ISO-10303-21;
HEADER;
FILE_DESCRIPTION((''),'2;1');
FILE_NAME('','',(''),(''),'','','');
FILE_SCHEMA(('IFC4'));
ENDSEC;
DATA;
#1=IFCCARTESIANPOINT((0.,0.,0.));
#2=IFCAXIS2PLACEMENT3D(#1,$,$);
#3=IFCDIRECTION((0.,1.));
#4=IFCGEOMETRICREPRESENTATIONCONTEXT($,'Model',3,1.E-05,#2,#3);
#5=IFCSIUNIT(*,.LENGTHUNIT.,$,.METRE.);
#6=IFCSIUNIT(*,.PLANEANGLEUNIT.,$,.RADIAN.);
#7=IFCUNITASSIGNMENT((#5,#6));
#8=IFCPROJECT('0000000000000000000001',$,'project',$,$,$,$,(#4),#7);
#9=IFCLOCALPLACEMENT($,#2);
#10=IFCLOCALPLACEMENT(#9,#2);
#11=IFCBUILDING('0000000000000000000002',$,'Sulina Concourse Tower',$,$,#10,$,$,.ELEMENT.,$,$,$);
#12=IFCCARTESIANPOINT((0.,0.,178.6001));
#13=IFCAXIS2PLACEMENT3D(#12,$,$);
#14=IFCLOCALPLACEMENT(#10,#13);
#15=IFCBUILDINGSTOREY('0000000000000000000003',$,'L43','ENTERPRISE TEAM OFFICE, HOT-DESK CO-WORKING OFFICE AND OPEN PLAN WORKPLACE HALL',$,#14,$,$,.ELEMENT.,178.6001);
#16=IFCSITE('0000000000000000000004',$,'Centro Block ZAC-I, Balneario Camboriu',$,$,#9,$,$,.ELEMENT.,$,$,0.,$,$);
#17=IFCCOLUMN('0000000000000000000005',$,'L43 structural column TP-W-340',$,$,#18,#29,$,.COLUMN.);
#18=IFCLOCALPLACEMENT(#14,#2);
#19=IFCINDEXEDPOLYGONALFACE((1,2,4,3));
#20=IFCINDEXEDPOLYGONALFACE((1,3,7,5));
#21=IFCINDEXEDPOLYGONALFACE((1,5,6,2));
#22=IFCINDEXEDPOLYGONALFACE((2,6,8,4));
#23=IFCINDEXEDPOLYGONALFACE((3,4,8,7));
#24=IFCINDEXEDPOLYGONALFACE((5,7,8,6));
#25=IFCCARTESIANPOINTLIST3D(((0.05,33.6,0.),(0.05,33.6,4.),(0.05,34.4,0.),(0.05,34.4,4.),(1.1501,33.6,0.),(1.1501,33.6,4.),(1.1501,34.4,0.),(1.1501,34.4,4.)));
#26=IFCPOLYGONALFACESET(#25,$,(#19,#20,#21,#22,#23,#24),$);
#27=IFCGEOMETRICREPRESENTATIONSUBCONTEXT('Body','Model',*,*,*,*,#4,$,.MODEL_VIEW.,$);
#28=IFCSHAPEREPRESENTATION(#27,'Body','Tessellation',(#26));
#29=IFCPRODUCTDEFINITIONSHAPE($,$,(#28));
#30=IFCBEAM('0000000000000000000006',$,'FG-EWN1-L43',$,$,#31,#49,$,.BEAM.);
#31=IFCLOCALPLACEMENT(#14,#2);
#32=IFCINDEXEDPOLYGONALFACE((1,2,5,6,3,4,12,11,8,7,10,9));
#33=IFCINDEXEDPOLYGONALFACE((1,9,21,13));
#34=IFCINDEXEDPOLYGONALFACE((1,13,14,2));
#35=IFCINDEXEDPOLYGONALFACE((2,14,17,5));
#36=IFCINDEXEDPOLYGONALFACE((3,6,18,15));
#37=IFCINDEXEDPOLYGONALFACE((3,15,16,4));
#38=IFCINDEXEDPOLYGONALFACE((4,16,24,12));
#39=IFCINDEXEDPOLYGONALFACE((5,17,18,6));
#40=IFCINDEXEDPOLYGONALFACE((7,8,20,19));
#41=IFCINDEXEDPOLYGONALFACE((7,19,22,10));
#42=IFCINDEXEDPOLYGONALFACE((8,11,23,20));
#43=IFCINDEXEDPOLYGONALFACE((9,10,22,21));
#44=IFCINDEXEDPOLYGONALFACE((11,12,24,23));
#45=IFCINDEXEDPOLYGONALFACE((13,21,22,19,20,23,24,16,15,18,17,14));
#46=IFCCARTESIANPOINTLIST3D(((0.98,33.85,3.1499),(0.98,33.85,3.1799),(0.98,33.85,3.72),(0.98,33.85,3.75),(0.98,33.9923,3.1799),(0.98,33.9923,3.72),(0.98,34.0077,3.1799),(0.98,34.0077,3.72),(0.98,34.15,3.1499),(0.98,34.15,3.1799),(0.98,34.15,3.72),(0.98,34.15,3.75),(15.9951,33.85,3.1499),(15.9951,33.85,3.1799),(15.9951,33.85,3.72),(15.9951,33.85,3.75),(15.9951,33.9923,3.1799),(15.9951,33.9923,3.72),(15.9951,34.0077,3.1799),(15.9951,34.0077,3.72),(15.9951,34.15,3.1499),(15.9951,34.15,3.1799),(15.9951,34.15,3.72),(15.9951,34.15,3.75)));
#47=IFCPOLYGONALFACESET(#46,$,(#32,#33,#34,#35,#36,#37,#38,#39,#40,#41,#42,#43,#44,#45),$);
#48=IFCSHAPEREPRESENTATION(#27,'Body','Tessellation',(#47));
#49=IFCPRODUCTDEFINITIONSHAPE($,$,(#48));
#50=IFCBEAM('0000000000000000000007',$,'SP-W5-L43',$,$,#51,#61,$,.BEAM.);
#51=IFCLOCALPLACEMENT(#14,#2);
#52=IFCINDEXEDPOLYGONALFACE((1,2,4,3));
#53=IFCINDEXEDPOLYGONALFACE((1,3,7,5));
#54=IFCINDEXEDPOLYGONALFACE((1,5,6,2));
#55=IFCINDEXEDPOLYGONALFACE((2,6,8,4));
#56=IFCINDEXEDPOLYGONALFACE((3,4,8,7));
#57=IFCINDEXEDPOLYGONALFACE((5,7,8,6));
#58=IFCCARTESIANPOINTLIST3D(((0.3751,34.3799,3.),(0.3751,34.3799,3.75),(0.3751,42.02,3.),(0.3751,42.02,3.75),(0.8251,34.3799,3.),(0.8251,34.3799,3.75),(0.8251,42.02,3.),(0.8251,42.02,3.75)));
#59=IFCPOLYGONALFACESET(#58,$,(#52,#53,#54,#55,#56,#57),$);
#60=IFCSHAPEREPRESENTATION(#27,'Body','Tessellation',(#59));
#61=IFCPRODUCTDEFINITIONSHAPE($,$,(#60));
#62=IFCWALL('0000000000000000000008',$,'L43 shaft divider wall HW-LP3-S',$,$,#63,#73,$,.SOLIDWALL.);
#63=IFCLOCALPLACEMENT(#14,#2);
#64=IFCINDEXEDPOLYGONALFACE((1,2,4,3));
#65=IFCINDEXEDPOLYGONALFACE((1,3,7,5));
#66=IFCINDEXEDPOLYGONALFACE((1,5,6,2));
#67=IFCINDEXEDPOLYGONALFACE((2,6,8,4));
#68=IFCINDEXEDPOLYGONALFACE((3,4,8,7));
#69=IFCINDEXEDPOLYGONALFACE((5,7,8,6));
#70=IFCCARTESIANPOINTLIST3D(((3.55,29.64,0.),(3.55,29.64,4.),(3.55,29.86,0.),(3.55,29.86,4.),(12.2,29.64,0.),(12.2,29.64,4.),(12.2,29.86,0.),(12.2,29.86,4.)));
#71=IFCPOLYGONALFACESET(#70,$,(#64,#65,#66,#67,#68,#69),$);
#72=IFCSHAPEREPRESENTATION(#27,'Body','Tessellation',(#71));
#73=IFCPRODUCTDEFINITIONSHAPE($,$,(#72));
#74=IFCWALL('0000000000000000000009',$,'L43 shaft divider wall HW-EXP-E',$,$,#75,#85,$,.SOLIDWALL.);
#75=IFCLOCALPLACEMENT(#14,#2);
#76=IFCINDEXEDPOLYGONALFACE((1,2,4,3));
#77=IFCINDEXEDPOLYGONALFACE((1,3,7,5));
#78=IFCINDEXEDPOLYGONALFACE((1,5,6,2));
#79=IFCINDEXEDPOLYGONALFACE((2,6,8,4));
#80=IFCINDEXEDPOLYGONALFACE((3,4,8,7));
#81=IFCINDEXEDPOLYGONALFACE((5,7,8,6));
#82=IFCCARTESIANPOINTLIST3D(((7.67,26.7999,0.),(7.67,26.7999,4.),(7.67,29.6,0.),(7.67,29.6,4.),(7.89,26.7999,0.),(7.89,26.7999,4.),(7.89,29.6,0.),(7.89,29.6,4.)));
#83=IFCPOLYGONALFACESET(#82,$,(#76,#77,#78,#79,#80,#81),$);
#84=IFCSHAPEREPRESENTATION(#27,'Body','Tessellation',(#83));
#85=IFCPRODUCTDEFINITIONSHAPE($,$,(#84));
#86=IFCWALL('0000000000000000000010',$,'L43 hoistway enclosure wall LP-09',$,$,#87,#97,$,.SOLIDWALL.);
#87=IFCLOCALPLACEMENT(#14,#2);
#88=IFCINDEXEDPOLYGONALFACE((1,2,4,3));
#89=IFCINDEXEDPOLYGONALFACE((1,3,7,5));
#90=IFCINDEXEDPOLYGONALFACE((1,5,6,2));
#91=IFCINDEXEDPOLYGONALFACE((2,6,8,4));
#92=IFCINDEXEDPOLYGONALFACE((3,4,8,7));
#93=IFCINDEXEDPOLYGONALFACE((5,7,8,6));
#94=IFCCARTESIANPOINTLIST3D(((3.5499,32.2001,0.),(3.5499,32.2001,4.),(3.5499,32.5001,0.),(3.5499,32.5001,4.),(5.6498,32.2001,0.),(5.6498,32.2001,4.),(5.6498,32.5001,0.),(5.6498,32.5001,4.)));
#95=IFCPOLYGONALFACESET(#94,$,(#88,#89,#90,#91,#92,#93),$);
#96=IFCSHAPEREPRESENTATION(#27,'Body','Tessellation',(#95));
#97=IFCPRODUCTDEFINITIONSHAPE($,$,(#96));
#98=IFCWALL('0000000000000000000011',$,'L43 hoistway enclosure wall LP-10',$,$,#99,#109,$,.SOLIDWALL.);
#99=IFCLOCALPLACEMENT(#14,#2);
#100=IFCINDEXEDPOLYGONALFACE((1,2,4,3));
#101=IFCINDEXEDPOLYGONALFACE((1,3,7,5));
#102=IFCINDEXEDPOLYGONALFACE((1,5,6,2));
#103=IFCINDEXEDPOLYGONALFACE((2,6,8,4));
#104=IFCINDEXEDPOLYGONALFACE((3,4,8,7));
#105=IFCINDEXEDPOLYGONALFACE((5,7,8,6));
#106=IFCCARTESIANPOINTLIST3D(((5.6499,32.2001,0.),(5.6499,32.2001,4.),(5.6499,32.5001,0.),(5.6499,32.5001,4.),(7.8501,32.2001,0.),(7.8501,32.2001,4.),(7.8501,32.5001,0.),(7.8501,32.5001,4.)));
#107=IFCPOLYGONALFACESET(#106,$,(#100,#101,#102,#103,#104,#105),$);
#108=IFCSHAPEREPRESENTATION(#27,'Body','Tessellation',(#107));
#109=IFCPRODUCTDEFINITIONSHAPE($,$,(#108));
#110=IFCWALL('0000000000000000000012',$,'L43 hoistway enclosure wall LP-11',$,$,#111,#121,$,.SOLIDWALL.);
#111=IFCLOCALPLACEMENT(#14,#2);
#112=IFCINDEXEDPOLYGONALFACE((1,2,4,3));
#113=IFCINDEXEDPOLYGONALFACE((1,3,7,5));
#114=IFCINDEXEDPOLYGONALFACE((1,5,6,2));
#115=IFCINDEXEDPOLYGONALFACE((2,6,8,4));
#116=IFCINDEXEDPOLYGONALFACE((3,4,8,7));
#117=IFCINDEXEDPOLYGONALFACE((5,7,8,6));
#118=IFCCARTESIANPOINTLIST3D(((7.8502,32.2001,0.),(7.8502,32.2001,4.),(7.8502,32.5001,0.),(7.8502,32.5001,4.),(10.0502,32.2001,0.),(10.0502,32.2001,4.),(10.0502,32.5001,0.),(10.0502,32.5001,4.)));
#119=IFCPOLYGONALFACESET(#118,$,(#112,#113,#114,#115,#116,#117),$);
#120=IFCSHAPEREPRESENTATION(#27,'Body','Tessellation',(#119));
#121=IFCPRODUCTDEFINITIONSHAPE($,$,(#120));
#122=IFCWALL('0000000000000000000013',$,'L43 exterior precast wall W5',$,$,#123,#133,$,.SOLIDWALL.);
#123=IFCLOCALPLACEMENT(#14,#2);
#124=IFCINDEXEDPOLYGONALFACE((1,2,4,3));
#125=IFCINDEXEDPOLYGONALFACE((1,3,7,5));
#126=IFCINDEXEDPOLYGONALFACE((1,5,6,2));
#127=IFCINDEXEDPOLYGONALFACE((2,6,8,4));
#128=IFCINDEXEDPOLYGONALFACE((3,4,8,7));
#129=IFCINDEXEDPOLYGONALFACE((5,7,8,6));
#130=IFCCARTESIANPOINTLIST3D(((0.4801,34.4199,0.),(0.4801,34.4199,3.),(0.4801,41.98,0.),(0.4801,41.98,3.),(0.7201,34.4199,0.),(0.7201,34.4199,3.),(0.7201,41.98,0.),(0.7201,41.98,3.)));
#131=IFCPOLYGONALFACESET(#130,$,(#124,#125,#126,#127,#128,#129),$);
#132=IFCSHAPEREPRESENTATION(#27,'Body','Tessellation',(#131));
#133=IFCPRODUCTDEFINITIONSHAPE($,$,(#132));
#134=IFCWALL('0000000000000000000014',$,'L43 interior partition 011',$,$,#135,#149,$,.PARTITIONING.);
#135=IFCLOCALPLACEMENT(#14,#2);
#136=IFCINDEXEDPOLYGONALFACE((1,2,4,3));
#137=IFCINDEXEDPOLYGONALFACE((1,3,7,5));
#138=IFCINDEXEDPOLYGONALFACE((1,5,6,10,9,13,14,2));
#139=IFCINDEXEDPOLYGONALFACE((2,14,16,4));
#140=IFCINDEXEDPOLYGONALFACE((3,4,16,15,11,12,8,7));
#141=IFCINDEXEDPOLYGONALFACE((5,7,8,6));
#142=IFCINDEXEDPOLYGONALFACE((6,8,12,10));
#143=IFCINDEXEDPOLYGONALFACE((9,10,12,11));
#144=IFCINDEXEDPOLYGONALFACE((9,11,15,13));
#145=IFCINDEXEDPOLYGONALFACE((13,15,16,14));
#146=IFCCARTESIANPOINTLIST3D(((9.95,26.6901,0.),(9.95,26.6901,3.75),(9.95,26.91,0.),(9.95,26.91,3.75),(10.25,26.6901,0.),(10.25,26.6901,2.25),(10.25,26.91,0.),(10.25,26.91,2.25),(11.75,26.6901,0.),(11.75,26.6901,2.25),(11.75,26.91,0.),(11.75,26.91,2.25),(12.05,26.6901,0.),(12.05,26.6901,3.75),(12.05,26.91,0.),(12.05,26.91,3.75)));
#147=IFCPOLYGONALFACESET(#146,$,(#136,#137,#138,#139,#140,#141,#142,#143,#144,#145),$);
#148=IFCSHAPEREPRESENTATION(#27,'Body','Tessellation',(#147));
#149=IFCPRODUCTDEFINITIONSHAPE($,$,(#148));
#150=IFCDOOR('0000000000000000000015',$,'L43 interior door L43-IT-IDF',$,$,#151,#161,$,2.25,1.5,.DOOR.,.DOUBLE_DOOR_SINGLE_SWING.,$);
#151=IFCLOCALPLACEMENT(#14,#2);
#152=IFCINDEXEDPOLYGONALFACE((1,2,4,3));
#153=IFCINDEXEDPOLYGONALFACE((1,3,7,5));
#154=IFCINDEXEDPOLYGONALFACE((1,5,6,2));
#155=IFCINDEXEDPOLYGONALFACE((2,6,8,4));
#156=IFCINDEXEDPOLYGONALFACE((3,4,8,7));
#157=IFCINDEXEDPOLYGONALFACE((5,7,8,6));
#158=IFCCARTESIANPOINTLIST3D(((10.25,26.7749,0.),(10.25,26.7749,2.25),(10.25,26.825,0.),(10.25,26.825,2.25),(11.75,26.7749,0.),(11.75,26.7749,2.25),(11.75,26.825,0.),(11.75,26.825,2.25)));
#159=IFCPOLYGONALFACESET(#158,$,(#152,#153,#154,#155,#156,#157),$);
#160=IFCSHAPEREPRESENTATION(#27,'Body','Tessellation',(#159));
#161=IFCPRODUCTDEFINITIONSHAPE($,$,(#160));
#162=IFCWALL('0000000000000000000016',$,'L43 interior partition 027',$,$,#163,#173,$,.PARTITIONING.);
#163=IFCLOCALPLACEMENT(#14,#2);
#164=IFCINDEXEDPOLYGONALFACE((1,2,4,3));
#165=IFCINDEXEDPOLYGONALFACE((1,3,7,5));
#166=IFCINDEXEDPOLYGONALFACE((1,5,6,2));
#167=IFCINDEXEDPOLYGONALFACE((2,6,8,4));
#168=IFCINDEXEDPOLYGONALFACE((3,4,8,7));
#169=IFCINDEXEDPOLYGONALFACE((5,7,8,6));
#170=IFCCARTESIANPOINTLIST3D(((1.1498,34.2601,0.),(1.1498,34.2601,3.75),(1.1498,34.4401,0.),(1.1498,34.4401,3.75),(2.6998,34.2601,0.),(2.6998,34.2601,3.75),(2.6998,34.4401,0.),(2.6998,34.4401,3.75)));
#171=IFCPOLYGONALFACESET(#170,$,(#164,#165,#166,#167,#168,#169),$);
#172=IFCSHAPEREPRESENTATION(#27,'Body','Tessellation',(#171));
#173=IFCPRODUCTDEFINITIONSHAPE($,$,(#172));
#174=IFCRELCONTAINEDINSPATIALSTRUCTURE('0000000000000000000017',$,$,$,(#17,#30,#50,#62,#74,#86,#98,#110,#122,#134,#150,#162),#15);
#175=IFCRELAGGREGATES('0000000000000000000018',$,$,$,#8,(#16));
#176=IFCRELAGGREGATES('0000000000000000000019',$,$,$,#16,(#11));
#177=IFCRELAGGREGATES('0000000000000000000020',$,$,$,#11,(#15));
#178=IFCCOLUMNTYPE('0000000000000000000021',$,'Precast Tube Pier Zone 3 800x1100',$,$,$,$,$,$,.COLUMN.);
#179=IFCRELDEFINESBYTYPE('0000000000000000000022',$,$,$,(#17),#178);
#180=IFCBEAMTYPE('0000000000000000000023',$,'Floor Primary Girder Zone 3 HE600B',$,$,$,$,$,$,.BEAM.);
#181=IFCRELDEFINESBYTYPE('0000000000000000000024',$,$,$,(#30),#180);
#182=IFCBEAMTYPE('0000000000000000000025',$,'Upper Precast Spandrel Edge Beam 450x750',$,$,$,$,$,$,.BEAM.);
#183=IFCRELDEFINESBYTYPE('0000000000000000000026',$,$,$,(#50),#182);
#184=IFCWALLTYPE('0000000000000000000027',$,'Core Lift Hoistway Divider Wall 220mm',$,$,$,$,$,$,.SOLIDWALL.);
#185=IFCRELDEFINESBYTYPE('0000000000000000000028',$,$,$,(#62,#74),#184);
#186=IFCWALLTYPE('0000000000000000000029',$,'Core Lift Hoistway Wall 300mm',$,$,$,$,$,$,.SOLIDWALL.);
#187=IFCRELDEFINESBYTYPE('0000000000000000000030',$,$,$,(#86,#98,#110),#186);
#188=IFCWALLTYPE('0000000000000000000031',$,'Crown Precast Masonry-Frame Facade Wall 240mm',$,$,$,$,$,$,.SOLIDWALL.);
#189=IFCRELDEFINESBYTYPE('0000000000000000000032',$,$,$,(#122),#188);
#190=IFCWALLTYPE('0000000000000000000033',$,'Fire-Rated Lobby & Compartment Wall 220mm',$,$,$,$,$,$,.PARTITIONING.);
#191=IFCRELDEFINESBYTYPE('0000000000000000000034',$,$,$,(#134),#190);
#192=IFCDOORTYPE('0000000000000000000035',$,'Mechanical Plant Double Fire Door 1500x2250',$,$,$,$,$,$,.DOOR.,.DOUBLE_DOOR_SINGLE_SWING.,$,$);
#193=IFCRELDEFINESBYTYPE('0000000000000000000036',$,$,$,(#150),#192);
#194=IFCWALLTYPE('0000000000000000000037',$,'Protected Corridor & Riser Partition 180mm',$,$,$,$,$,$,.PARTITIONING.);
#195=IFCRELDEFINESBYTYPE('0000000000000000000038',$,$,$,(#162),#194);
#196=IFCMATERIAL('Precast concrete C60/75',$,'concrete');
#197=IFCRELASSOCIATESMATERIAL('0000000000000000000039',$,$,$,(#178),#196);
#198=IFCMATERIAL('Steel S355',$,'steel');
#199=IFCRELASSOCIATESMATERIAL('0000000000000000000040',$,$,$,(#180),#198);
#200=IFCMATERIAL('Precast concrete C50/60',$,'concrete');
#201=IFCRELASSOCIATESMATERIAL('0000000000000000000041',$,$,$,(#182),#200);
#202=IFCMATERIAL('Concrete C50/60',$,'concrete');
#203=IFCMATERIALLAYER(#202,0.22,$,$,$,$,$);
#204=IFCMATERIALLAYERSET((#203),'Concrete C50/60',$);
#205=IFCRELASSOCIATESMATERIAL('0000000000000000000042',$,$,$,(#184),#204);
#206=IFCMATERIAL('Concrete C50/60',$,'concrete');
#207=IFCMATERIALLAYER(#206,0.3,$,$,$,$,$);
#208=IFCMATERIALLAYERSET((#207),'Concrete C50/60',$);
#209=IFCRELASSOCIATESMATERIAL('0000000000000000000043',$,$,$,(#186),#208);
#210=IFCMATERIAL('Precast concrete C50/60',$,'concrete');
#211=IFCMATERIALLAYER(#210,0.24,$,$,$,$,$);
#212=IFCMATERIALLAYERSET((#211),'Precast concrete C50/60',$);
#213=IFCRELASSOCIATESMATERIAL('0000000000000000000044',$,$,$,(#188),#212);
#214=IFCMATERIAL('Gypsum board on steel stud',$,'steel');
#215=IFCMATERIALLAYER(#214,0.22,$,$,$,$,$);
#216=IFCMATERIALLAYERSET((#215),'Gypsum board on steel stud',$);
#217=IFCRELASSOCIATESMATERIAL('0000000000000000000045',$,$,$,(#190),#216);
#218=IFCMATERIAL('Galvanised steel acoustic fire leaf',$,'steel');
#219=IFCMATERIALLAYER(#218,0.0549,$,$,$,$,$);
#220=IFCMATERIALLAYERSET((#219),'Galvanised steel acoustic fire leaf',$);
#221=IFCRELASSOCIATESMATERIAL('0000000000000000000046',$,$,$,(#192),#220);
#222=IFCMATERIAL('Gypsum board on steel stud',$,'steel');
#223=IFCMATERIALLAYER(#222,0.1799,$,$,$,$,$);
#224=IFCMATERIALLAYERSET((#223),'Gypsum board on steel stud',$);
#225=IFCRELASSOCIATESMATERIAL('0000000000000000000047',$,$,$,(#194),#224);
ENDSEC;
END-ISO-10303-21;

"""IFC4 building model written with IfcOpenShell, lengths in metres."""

from ifc_helpers import new_model, si_unit, direction, frame, frame_2d, origin, origin_2d, place, context, subcontext, project, spatial, rectangle, i_section, extrude, material, layer, layer_set, material_profile, profile_set, type_object, element, fill, save


model = new_model("IFC4")

# Units and contexts
model_context = context("Model", 3, precision=1e-05, world=origin(), true_north=direction((0.0, 1.0)))
body_context = subcontext(model_context, "Body", "Model", "MODEL_VIEW")
ifc_project = project(units=[si_unit("LENGTHUNIT", "METRE"), si_unit("PLANEANGLEUNIT", "RADIAN")], contexts=[model_context])

# Site, building, storey
site_placement = place(None, origin())
site = spatial("IfcSite", under=ifc_project, at=site_placement, Name="Centro Block ZAC-I, Balneario Camboriu", CompositionType="ELEMENT", RefElevation=0.0)
building_placement = place(site_placement, origin())
building = spatial("IfcBuilding", under=site, at=building_placement, Name="Sulina Concourse Tower", CompositionType="ELEMENT")
storey_placement = place(building_placement, frame((0.0, 0.0, 178.6001)))
storey = spatial("IfcBuildingStorey", under=building, at=storey_placement, Name="L43", Description="ENTERPRISE TEAM OFFICE, HOT-DESK CO-WORKING OFFICE AND OPEN PLAN WORKPLACE HALL", CompositionType="ELEMENT", Elevation=178.6001)

# Column
ifc_material_1 = material(Name="Precast concrete C60/75", Category="concrete")
ifc_material_profile_1 = material_profile(ifc_material_1, rectangle(XDim=0.8, YDim=1.1001, at=origin_2d()), Name="PC 800x1100")
ifc_profile_set_1 = profile_set([ifc_material_profile_1], Name="Precast concrete C60/75")
column_type = type_object("IfcColumnType", Name="Precast Tube Pier Zone 3 800x1100", PredefinedType="COLUMN", material=ifc_profile_set_1)
column_placement = place(storey_placement, frame((0.6001, 34.0, 0.0), z_axis=(0.0, 0.0, 1.0), x_axis=(0.0, 1.0, 0.0)))
element("IfcColumn", 1, at=column_placement, inside=storey, type_object=column_type, Name="L43 structural column TP-W-340", PredefinedType="COLUMN", context=body_context, shape_type="SweptSolid", body=[
    extrude(rectangle(XDim=0.8, YDim=1.1001, at=origin_2d()), origin(), (0.0, 0.0, 1.0), 4.0),
])

# Beams
ifc_material_2 = material(Name="Steel S355", Category="steel")
ifc_material_profile_2 = material_profile(ifc_material_2, i_section(OverallWidth=0.3, OverallDepth=0.6001, WebThickness=0.0154, FlangeThickness=0.03, at=origin_2d()), Name="HE 600 B")
ifc_profile_set_2 = profile_set([ifc_material_profile_2], Name="Steel S355")
beam_type_1 = type_object("IfcBeamType", Name="Floor Primary Girder Zone 3 HE600B", PredefinedType="BEAM", material=ifc_profile_set_2)
beam_1_placement = place(storey_placement, frame((0.98, 34.0, 3.45), z_axis=(1.0, 0.0, 0.0), x_axis=(0.0, 1.0, 0.0)))
element("IfcBeam", 2, at=beam_1_placement, inside=storey, type_object=beam_type_1, Name="FG-EWN1-L43", PredefinedType="BEAM", context=body_context, shape_type="SweptSolid", body=[
    extrude(i_section(OverallWidth=0.3, OverallDepth=0.6001, WebThickness=0.0154, FlangeThickness=0.03, at=origin_2d()), origin(), (0.0, 0.0, 1.0), 15.0151),
])
ifc_material_3 = material(Name="Precast concrete C50/60", Category="concrete")
ifc_material_profile_3 = material_profile(ifc_material_3, rectangle(XDim=0.45, YDim=0.75, at=origin_2d()), Name="RC 450x750")
ifc_profile_set_3 = profile_set([ifc_material_profile_3], Name="Precast concrete C50/60")
beam_type_2 = type_object("IfcBeamType", Name="Upper Precast Spandrel Edge Beam 450x750", PredefinedType="BEAM", material=ifc_profile_set_3)
beam_2_placement = place(storey_placement, frame((0.6001, 34.3799, 3.375), z_axis=(0.0, 1.0, 0.0), x_axis=(-1.0, 0.0, 0.0)))
element("IfcBeam", 3, at=beam_2_placement, inside=storey, type_object=beam_type_2, Name="SP-W5-L43", PredefinedType="BEAM", context=body_context, shape_type="SweptSolid", body=[
    extrude(rectangle(XDim=0.45, YDim=0.75, at=origin_2d()), origin(), (0.0, 0.0, 1.0), 7.6401),
])

# Walls
ifc_material_4 = material(Name="Concrete C50/60", Category="concrete")
ifc_layer_1 = layer(ifc_material_4, 0.22)
ifc_layer_set_1 = layer_set([ifc_layer_1], Name="Concrete C50/60")
wall_type_1 = type_object("IfcWallType", Name="Core Lift Hoistway Divider Wall 220mm", PredefinedType="SOLIDWALL", material=ifc_layer_set_1)
wall_1_placement = place(storey_placement, frame((3.55, 29.75, 0.0), z_axis=(0.0, 0.0, 1.0), x_axis=(1.0, 0.0, 0.0)))
element("IfcWall", 4, at=wall_1_placement, inside=storey, type_object=wall_type_1, Name="L43 shaft divider wall HW-LP3-S", PredefinedType="SOLIDWALL", context=body_context, shape_type="SweptSolid", body=[
    extrude(rectangle(XDim=8.6499, YDim=0.22, at=frame_2d((4.325, 0.0))), origin(), (0.0, 0.0, 1.0), 4.0),
])
wall_2_placement = place(storey_placement, frame((7.78, 26.8, 0.0), z_axis=(0.0, 0.0, 1.0), x_axis=(0.0, 1.0, 0.0)))
element("IfcWall", 5, at=wall_2_placement, inside=storey, type_object=wall_type_1, Name="L43 shaft divider wall HW-EXP-E", PredefinedType="SOLIDWALL", context=body_context, shape_type="SweptSolid", body=[
    extrude(rectangle(XDim=2.8, YDim=0.22, at=frame_2d((1.3999, 0.0))), origin(), (0.0, 0.0, 1.0), 4.0),
])
ifc_material_5 = material(Name="Concrete C50/60", Category="concrete")
ifc_layer_2 = layer(ifc_material_5, 0.3)
ifc_layer_set_2 = layer_set([ifc_layer_2], Name="Concrete C50/60")
wall_type_2 = type_object("IfcWallType", Name="Core Lift Hoistway Wall 300mm", PredefinedType="SOLIDWALL", material=ifc_layer_set_2)
wall_3_placement = place(storey_placement, frame((3.55, 32.3501, 0.0), z_axis=(0.0, 0.0, 1.0), x_axis=(1.0, 0.0, 0.0)))
element("IfcWall", 6, at=wall_3_placement, inside=storey, type_object=wall_type_2, Name="L43 hoistway enclosure wall LP-09", PredefinedType="SOLIDWALL", context=body_context, shape_type="SweptSolid", body=[
    extrude(rectangle(XDim=2.0999, YDim=0.3, at=frame_2d((1.0498, 0.0))), origin(), (0.0, 0.0, 1.0), 4.0),
])
wall_4_placement = place(storey_placement, frame((5.6499, 32.3501, 0.0), z_axis=(0.0, 0.0, 1.0), x_axis=(1.0, 0.0, 0.0)))
element("IfcWall", 7, at=wall_4_placement, inside=storey, type_object=wall_type_2, Name="L43 hoistway enclosure wall LP-10", PredefinedType="SOLIDWALL", context=body_context, shape_type="SweptSolid", body=[
    extrude(rectangle(XDim=2.2002, YDim=0.3, at=frame_2d((1.1001, 0.0))), origin(), (0.0, 0.0, 1.0), 4.0),
])
wall_5_placement = place(storey_placement, frame((7.8501, 32.3501, 0.0), z_axis=(0.0, 0.0, 1.0), x_axis=(1.0, 0.0, 0.0)))
element("IfcWall", 8, at=wall_5_placement, inside=storey, type_object=wall_type_2, Name="L43 hoistway enclosure wall LP-11", PredefinedType="SOLIDWALL", context=body_context, shape_type="SweptSolid", body=[
    extrude(rectangle(XDim=2.2, YDim=0.3, at=frame_2d((1.1001, 0.0))), origin(), (0.0, 0.0, 1.0), 4.0),
])
ifc_material_6 = material(Name="Precast concrete C50/60", Category="concrete")
ifc_layer_3 = layer(ifc_material_6, 0.24)
ifc_layer_set_3 = layer_set([ifc_layer_3], Name="Precast concrete C50/60")
wall_type_3 = type_object("IfcWallType", Name="Crown Precast Masonry-Frame Facade Wall 240mm", PredefinedType="SOLIDWALL", material=ifc_layer_set_3)
wall_6_placement = place(storey_placement, frame((0.6001, 34.4199, 0.0), z_axis=(0.0, 0.0, 1.0), x_axis=(0.0, 1.0, 0.0)))
element("IfcWall", 9, at=wall_6_placement, inside=storey, type_object=wall_type_3, Name="L43 exterior precast wall W5", PredefinedType="SOLIDWALL", context=body_context, shape_type="SweptSolid", body=[
    extrude(rectangle(XDim=7.5601, YDim=0.24, at=frame_2d((3.78, 0.0))), origin(), (0.0, 0.0, 1.0), 3.0),
])

# Wall, opening, door
ifc_material_7 = material(Name="Gypsum board on steel stud", Category="steel")
ifc_layer_4 = layer(ifc_material_7, 0.22)
ifc_layer_set_4 = layer_set([ifc_layer_4], Name="Gypsum board on steel stud")
wall_type_4 = type_object("IfcWallType", Name="Fire-Rated Lobby & Compartment Wall 220mm", PredefinedType="PARTITIONING", material=ifc_layer_set_4)
wall_7_placement = place(storey_placement, frame((9.95, 26.8, 0.0), z_axis=(0.0, 0.0, 1.0), x_axis=(1.0, 0.0, 0.0)))
wall_7 = element("IfcWall", 10, at=wall_7_placement, inside=storey, type_object=wall_type_4, Name="L43 interior partition 011", PredefinedType="PARTITIONING", context=body_context, shape_type="SweptSolid", body=[
    extrude(rectangle(XDim=2.1001, YDim=0.22, at=frame_2d((1.05, 0.0))), origin(), (0.0, 0.0, 1.0), 3.75),
])
opening_1_placement = place(wall_7_placement, frame((0.3, 0.0, 0.0)))
opening_1 = element("IfcOpeningElement", 11, at=opening_1_placement, cuts=wall_7, PredefinedType="OPENING", context=body_context, shape_type="SweptSolid", body=[
    extrude(rectangle(XDim=1.5, YDim=2.25, at=frame_2d((0.75, 1.125))), frame((0.0, 0.1199, 0.0), z_axis=(0.0, -1.0, 0.0), x_axis=(1.0, 0.0, 0.0)), (0.0, 0.0, 1.0), 0.24),
])
ifc_material_8 = material(Name="Galvanised steel acoustic fire leaf", Category="steel")
ifc_layer_5 = layer(ifc_material_8, 0.0549)
ifc_layer_set_5 = layer_set([ifc_layer_5], Name="Galvanised steel acoustic fire leaf")
door_type_1 = type_object("IfcDoorType", Name="Mechanical Plant Double Fire Door 1500x2250", OperationType="DOUBLE_DOOR_SINGLE_SWING", PredefinedType="DOOR", material=ifc_layer_set_5)
door_1_placement = place(opening_1_placement, origin())
door_1 = element("IfcDoor", 12, at=door_1_placement, inside=storey, type_object=door_type_1, Name="L43 interior door L43-IT-IDF", OperationType="DOUBLE_DOOR_SINGLE_SWING", OverallHeight=2.25, OverallWidth=1.5, PredefinedType="DOOR", context=body_context, shape_type="SweptSolid", body=[
    extrude(rectangle(XDim=1.5, YDim=2.25, at=frame_2d((0.75, 1.125))), frame((0.0, 0.0249, 0.0), z_axis=(0.0, -1.0, 0.0), x_axis=(1.0, 0.0, 0.0)), (0.0, 0.0, 1.0), 0.05),
])
fill(opening_1, door_1)

# Wall
ifc_material_9 = material(Name="Gypsum board on steel stud", Category="steel")
ifc_layer_6 = layer(ifc_material_9, 0.1799)
ifc_layer_set_6 = layer_set([ifc_layer_6], Name="Gypsum board on steel stud")
wall_type_5 = type_object("IfcWallType", Name="Protected Corridor & Riser Partition 180mm", PredefinedType="PARTITIONING", material=ifc_layer_set_6)
wall_8_placement = place(storey_placement, frame((1.1499, 34.3501, 0.0), z_axis=(0.0, 0.0, 1.0), x_axis=(1.0, 0.0, 0.0)))
element("IfcWall", 13, at=wall_8_placement, inside=storey, type_object=wall_type_5, Name="L43 interior partition 027", PredefinedType="PARTITIONING", context=body_context, shape_type="SweptSolid", body=[
    extrude(rectangle(XDim=1.55, YDim=0.1799, at=frame_2d((0.7749, 0.0))), origin(), (0.0, 0.0, 1.0), 3.75),
])

save(model, "model.ifc")
